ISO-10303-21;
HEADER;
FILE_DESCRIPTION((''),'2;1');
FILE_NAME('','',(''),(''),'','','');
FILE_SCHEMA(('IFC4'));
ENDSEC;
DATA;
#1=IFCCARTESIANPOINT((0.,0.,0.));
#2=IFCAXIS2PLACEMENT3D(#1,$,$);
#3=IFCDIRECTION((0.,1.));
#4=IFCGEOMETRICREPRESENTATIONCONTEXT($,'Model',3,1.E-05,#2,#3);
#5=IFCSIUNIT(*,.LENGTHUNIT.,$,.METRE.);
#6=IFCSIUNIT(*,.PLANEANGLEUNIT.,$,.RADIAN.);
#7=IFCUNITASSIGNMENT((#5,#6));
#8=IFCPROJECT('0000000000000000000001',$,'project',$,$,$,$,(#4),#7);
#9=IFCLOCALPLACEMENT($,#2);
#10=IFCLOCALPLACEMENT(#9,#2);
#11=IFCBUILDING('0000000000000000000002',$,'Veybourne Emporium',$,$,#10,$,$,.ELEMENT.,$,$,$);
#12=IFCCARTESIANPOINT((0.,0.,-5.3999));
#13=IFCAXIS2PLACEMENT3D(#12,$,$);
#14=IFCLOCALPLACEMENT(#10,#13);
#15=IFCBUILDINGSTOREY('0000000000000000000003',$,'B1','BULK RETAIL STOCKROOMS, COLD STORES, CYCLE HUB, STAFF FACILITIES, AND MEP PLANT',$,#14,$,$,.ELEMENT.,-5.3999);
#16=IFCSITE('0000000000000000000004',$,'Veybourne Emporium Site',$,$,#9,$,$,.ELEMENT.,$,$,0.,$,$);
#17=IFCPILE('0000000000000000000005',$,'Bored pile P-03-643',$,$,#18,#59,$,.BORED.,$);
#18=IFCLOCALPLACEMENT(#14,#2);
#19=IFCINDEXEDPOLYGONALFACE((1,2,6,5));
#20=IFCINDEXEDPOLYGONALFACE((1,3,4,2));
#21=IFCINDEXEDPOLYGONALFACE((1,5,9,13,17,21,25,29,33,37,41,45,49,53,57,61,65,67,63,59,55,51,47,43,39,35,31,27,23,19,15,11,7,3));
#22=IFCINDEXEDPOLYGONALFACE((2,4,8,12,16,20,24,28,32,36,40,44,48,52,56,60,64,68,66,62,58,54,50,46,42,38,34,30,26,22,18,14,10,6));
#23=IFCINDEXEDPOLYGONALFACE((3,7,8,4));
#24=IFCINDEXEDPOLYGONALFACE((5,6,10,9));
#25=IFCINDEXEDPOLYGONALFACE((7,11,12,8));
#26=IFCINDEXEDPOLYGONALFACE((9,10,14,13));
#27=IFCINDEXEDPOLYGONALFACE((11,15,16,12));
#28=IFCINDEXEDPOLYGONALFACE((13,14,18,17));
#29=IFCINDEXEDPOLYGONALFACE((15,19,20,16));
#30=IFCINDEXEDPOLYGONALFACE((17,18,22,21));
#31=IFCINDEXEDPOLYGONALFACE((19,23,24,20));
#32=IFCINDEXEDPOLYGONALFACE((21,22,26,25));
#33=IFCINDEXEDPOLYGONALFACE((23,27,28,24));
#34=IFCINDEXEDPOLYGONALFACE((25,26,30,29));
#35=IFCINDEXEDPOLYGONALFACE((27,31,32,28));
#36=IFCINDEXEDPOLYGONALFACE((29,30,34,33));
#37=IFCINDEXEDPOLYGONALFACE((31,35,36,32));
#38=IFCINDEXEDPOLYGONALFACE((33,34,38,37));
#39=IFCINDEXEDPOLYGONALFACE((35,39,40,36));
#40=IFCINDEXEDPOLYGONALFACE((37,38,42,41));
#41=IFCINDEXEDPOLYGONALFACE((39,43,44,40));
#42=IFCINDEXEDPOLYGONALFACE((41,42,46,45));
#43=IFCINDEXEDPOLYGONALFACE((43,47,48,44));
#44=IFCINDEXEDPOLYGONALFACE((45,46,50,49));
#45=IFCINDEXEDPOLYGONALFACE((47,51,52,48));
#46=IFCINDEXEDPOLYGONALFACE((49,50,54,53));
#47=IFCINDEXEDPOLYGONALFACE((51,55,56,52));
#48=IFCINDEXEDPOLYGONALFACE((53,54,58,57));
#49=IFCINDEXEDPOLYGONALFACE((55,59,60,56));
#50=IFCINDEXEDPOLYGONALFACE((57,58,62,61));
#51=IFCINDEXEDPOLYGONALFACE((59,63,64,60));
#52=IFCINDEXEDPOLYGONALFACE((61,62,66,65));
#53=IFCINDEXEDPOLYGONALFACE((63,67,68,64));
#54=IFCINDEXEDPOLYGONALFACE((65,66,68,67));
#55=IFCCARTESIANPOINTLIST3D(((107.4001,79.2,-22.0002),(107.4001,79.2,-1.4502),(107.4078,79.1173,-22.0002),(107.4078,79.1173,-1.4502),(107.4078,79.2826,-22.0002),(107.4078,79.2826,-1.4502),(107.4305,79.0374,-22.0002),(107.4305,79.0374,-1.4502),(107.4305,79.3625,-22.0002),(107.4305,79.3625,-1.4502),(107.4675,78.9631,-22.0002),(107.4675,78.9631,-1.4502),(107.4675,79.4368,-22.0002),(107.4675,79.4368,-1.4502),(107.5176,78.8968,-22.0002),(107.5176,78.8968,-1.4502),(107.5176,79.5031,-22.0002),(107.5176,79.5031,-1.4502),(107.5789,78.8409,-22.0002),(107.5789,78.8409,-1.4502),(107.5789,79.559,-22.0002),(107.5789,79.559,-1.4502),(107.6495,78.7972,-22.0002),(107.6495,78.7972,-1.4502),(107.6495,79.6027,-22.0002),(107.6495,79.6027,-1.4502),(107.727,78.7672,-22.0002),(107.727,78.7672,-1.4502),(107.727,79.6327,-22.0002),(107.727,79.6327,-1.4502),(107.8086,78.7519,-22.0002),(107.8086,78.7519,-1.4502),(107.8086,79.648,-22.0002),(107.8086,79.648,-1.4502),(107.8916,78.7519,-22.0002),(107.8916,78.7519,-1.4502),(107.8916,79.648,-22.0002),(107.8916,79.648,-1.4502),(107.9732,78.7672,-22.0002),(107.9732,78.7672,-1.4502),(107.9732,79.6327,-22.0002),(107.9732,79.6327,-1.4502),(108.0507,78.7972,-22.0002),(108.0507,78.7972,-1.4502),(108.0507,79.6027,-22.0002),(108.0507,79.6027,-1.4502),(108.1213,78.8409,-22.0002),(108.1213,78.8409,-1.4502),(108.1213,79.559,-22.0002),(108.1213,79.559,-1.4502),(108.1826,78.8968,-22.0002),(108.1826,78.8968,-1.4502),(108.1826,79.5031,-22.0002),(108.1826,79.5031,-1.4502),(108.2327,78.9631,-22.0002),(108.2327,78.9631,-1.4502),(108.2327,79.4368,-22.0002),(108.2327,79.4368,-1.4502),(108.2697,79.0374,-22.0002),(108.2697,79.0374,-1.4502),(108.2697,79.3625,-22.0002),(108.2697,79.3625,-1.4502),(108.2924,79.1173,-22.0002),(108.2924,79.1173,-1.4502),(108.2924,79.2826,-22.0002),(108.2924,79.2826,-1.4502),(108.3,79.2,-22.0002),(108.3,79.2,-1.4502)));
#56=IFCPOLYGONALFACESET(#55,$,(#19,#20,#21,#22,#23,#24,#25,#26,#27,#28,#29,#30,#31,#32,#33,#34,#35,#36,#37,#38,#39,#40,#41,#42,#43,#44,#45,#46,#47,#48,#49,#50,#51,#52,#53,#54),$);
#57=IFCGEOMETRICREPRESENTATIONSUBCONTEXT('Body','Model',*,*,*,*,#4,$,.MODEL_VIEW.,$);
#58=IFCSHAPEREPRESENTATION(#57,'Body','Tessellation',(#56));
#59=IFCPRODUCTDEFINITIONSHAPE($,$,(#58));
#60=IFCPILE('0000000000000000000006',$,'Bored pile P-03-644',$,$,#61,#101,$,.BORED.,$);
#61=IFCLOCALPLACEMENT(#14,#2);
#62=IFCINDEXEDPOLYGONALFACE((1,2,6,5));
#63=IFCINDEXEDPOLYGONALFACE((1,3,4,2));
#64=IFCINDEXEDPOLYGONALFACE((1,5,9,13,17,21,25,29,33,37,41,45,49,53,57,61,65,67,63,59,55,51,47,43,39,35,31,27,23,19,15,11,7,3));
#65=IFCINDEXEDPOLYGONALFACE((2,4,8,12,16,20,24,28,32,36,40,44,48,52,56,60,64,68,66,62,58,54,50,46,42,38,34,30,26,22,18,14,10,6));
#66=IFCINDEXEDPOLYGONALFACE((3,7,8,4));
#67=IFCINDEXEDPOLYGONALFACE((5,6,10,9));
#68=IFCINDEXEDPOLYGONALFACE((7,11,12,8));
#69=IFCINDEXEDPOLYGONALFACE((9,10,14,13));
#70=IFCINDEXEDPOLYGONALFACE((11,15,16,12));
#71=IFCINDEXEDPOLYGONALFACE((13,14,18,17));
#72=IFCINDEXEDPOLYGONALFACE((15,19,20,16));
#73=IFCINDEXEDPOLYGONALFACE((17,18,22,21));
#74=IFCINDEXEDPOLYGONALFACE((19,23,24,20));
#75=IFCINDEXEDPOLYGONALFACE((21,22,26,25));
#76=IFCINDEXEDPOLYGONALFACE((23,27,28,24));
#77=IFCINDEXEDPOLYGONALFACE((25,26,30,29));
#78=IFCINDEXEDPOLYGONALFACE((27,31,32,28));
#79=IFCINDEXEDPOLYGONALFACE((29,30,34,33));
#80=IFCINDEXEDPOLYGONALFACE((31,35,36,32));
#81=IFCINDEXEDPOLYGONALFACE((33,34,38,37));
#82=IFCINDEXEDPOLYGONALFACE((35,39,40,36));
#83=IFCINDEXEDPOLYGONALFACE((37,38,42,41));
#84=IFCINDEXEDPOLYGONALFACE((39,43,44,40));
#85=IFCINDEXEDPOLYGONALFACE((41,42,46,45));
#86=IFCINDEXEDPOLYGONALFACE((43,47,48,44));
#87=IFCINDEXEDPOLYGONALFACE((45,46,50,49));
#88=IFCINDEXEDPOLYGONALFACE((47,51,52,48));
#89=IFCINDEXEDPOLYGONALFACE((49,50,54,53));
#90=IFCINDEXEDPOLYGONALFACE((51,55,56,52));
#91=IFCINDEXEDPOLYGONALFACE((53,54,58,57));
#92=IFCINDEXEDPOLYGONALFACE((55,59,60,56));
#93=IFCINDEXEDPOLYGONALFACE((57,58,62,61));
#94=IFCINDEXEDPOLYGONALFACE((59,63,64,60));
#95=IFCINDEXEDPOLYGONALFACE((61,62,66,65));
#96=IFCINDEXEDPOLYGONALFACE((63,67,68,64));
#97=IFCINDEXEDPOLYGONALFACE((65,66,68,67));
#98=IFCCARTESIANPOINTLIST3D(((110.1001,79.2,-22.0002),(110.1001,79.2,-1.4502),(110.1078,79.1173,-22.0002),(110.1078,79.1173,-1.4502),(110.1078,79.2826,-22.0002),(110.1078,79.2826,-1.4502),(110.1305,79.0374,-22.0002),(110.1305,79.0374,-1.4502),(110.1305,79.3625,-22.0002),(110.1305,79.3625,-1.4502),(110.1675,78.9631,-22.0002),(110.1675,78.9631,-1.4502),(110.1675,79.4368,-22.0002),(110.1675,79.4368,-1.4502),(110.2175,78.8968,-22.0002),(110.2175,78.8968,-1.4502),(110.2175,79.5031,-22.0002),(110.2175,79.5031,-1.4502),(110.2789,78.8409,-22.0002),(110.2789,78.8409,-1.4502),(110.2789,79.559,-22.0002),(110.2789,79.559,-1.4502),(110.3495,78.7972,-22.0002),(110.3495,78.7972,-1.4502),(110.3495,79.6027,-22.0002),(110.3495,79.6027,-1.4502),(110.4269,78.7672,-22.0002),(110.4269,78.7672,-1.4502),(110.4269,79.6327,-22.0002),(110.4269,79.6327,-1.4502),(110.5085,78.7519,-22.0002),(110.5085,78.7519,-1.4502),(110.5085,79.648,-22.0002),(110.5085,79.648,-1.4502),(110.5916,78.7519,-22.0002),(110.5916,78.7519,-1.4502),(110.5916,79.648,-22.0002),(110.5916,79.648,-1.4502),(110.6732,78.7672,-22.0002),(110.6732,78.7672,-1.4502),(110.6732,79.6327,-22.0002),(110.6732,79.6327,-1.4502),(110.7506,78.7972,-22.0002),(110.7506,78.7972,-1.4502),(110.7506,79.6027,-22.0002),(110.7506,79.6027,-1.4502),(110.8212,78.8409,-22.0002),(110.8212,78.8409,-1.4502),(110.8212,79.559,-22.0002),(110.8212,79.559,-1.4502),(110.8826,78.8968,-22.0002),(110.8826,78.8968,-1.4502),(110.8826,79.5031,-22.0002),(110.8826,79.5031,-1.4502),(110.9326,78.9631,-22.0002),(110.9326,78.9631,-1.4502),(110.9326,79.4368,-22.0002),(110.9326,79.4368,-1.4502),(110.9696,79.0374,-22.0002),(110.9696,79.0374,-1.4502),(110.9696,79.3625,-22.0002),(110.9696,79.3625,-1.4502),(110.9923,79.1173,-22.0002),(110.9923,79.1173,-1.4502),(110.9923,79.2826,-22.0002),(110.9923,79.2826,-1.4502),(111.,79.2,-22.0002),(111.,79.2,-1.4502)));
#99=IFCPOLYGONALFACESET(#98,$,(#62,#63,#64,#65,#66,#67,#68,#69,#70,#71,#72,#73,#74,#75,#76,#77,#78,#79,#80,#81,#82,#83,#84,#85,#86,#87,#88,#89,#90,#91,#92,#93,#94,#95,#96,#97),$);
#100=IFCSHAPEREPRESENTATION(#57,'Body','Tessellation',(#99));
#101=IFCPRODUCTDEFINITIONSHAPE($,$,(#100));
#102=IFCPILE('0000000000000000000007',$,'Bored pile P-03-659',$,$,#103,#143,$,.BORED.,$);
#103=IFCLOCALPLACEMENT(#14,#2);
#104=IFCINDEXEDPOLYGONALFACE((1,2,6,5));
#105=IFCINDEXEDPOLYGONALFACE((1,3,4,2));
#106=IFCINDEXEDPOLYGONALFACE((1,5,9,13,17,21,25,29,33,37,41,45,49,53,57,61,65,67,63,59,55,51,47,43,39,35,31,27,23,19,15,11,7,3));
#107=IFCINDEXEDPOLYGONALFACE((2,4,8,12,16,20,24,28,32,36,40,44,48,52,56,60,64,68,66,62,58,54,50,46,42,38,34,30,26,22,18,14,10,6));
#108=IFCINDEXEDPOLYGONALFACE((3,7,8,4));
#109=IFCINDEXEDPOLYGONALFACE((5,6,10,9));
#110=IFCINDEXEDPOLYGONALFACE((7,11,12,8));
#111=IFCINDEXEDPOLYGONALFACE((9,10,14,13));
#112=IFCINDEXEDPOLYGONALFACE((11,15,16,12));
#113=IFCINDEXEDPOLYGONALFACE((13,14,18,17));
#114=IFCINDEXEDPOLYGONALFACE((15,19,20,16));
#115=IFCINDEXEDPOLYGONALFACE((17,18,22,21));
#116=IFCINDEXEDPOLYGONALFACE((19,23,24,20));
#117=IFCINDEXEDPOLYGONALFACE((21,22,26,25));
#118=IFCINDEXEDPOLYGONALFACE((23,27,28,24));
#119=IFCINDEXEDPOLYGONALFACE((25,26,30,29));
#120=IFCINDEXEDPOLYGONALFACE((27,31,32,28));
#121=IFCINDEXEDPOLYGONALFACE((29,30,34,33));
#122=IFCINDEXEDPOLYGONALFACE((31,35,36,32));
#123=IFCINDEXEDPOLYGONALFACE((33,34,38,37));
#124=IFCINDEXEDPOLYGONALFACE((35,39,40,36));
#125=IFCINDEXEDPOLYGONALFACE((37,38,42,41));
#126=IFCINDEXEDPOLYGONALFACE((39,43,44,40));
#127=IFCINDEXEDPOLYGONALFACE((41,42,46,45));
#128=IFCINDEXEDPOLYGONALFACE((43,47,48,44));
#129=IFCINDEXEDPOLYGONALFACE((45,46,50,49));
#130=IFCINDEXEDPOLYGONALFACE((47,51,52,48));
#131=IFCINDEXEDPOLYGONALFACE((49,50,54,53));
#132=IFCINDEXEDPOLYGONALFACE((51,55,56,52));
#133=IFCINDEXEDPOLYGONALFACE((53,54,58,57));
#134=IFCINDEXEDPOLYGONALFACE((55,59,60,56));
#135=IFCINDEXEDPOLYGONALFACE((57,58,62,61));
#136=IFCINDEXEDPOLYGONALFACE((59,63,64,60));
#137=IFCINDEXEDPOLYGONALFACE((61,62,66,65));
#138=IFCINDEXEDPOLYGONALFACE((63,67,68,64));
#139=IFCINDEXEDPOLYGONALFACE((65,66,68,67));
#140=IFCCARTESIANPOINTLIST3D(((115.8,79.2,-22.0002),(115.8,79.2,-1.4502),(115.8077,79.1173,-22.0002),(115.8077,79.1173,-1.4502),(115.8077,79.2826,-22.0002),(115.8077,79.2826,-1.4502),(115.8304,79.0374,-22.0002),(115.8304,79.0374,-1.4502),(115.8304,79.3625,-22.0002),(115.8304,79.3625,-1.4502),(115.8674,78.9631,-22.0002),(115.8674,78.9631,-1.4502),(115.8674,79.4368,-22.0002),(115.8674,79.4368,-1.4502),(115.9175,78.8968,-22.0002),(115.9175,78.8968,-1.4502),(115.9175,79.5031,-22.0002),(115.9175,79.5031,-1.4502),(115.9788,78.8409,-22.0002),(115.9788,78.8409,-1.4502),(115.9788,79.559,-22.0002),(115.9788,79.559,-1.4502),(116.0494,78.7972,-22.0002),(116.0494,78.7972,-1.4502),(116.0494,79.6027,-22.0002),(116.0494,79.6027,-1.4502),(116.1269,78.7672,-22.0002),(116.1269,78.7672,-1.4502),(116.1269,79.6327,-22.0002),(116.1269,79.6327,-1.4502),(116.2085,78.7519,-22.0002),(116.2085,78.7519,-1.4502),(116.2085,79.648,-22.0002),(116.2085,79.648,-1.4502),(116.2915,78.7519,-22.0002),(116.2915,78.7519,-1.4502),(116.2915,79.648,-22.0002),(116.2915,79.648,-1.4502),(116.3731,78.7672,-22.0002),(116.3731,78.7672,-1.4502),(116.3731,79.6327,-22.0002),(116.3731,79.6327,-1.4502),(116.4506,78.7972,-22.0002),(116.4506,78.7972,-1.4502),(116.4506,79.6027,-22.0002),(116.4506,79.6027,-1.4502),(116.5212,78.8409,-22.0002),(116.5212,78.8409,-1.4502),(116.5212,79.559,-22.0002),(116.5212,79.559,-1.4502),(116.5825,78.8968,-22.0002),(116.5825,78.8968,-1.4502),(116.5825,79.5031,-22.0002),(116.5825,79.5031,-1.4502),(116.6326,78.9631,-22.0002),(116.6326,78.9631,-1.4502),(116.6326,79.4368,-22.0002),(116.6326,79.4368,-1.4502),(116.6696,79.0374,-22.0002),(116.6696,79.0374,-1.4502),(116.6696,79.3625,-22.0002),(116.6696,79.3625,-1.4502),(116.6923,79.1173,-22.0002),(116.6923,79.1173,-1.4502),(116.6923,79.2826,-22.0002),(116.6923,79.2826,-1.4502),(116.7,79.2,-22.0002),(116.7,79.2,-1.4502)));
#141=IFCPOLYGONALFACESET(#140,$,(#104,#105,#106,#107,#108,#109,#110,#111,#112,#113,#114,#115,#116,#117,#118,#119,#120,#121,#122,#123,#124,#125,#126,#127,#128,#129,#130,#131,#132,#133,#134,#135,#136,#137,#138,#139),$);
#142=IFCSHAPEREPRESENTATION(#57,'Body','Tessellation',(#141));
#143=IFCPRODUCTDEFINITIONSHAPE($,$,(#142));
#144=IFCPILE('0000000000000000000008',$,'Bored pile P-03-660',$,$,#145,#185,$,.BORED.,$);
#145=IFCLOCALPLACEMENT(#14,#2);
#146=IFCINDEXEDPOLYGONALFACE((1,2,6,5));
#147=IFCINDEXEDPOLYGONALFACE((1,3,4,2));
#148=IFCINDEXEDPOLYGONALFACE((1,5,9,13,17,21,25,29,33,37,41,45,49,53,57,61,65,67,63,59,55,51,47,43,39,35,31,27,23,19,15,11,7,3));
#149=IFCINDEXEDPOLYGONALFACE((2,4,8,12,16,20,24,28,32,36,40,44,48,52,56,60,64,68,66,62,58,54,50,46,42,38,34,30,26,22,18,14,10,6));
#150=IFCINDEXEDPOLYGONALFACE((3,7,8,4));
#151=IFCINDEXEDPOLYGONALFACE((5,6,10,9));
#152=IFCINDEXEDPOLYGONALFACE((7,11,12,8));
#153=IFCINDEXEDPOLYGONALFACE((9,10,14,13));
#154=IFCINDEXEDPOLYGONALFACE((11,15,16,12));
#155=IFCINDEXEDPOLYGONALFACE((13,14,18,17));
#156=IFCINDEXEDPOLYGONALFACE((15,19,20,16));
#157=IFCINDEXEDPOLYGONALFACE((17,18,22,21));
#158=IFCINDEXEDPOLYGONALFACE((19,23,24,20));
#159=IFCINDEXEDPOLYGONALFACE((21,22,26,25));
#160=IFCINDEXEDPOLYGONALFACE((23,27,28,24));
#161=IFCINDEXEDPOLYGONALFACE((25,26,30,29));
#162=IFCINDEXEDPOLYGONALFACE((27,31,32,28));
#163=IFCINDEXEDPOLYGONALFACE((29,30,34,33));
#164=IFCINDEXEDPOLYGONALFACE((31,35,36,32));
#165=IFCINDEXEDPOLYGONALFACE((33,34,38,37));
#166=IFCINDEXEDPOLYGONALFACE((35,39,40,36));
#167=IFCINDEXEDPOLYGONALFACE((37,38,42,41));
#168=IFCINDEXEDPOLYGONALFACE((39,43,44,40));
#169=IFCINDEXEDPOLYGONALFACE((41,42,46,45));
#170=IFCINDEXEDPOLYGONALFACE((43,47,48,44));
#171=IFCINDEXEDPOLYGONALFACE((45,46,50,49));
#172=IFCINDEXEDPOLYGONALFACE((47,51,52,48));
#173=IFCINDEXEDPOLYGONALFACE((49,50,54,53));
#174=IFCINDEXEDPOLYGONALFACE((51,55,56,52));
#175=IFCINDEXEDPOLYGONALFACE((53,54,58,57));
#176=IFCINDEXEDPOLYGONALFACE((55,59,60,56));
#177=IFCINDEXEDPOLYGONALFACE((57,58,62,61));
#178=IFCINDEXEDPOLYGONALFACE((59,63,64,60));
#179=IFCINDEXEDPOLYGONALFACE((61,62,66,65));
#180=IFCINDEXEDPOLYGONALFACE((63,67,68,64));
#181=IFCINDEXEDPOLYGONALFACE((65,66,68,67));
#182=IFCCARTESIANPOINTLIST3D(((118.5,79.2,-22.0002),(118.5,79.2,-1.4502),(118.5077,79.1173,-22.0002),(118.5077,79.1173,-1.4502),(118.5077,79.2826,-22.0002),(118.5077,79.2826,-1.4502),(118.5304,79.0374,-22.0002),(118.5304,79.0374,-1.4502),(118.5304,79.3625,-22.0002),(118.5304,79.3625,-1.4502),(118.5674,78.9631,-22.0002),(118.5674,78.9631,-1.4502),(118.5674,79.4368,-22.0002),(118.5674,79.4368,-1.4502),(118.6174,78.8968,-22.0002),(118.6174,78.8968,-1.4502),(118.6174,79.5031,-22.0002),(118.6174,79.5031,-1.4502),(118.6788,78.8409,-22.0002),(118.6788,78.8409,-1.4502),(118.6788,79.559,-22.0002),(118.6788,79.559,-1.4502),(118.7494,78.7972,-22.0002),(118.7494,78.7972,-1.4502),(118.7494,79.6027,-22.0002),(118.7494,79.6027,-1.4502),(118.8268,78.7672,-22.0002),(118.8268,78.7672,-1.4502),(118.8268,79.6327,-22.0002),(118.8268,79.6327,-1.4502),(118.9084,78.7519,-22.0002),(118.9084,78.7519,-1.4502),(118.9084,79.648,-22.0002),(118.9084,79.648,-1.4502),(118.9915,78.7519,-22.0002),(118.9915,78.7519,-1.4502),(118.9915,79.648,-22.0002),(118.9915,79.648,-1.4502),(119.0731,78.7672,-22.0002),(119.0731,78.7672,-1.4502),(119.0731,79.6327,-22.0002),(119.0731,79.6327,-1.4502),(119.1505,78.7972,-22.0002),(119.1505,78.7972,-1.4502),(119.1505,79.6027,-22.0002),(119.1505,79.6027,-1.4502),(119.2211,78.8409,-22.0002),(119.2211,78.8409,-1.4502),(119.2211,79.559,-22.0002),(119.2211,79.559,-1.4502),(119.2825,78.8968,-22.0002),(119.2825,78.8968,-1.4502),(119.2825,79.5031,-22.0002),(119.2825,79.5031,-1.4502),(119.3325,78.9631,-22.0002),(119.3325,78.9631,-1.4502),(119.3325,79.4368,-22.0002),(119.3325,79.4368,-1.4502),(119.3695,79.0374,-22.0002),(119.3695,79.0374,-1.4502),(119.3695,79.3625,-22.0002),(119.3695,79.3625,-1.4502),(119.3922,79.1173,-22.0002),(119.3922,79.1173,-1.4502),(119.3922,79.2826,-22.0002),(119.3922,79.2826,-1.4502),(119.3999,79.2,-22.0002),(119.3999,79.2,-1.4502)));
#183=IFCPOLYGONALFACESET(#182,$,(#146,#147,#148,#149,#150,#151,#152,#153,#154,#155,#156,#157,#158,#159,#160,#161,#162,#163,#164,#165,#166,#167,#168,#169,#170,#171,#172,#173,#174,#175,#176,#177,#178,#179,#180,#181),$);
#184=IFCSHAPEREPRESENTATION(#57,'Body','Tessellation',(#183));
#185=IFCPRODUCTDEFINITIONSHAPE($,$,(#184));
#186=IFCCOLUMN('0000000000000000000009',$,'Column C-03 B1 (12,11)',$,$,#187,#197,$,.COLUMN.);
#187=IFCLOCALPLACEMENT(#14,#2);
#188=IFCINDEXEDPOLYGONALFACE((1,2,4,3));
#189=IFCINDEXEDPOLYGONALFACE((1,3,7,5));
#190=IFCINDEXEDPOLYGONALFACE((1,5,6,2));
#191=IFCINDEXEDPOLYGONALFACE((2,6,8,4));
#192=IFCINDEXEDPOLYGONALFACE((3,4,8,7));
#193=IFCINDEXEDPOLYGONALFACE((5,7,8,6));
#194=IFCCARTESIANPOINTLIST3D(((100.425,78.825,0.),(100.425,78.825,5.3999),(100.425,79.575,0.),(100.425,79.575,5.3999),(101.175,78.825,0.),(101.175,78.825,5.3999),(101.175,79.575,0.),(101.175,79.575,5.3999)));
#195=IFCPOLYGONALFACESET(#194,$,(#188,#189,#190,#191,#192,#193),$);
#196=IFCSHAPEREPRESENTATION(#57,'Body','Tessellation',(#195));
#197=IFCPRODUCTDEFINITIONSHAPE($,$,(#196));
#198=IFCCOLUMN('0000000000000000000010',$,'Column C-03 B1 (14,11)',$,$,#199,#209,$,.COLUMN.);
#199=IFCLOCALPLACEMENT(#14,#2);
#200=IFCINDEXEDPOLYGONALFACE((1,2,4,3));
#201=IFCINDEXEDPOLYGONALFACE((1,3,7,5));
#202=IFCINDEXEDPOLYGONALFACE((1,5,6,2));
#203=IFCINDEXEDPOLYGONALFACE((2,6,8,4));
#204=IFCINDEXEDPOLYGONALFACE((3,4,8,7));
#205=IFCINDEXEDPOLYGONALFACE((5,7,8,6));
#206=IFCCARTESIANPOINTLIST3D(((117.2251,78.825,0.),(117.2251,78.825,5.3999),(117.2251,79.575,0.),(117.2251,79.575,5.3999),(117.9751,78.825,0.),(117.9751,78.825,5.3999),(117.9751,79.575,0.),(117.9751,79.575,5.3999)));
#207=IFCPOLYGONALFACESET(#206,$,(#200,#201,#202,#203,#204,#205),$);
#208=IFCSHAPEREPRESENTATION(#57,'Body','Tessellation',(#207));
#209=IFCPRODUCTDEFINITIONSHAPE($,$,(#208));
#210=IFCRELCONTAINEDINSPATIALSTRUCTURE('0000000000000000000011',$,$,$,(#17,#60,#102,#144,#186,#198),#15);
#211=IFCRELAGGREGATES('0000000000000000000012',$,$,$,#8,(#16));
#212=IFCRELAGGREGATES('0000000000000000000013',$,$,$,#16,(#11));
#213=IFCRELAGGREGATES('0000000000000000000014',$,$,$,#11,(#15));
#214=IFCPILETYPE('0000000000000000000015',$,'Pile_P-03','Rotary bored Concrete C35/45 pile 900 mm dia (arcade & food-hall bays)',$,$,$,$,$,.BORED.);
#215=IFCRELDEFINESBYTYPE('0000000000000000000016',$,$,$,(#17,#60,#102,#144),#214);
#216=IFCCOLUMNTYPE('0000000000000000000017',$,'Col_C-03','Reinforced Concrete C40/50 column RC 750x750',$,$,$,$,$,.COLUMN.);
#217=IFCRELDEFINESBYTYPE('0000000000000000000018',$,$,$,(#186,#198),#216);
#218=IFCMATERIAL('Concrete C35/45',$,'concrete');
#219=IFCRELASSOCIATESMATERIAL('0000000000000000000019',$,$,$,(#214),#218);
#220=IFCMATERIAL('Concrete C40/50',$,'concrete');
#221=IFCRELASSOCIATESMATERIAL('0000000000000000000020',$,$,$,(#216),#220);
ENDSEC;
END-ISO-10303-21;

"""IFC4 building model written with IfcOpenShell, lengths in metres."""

from ifc_helpers import new_model, si_unit, direction, frame, origin, origin_2d, place, context, subcontext, project, spatial, rectangle, circle, extrude, material, material_profile, profile_set, type_object, element, save


model = new_model("IFC4")

# Units and contexts
model_context = context("Model", 3, precision=1e-05, world=origin(), true_north=direction((0.0, 1.0)))
body_context = subcontext(model_context, "Body", "Model", "MODEL_VIEW")
ifc_project = project(units=[si_unit("LENGTHUNIT", "METRE"), si_unit("PLANEANGLEUNIT", "RADIAN")], contexts=[model_context])

# Site, building, storey
site_placement = place(None, origin())
site = spatial("IfcSite", under=ifc_project, at=site_placement, Name="Veybourne Emporium Site", CompositionType="ELEMENT", RefElevation=0.0)
building_placement = place(site_placement, origin())
building = spatial("IfcBuilding", under=site, at=building_placement, Name="Veybourne Emporium", CompositionType="ELEMENT")
storey_placement = place(building_placement, frame((0.0, 0.0, -5.3999)))
storey = spatial("IfcBuildingStorey", under=building, at=storey_placement, Name="B1", Description="BULK RETAIL STOCKROOMS, COLD STORES, CYCLE HUB, STAFF FACILITIES, AND MEP PLANT", CompositionType="ELEMENT", Elevation=-5.3999)

# Shared definitions
ifc_material_1 = material(Name="Concrete C35/45", Category="concrete")

# Piles
ifc_material_profile_1 = material_profile(ifc_material_1, circle(Radius=0.45, at=origin_2d()), Name="BORED PILE 900")
ifc_profile_set_1 = profile_set([ifc_material_profile_1], Name="Concrete C35/45")
pile_type_1 = type_object("IfcPileType", Name="Pile_P-03", Description="Rotary bored Concrete C35/45 pile 900 mm dia (arcade & food-hall bays)", PredefinedType="BORED", material=ifc_profile_set_1)
for number, where, z_axis, x_axis, name in (
    (1, (107.8501, 79.2, -1.4502), (0.0, 0.0, -1.0), (1.0, 0.0, 0.0), "Bored pile P-03-643"),
    (2, (110.55, 79.2, -1.4502), (0.0, 0.0, -1.0), (1.0, 0.0, 0.0), "Bored pile P-03-644"),
    (3, (116.25, 79.2, -1.4502), (0.0, 0.0, -1.0), (1.0, 0.0, 0.0), "Bored pile P-03-659"),
    (4, (118.95, 79.2, -1.4502), (0.0, 0.0, -1.0), (1.0, 0.0, 0.0), "Bored pile P-03-660"),
):
    element("IfcPile", number, at=place(storey_placement, frame(where, z_axis=z_axis, x_axis=x_axis)), inside=storey, type_object=pile_type_1, Name=name, PredefinedType="BORED", context=body_context, shape_type="SweptSolid", body=[
        extrude(circle(Radius=0.45, at=origin_2d()), origin(), (0.0, 0.0, 1.0), 20.55),
    ])

# Columns
ifc_material_2 = material(Name="Concrete C40/50", Category="concrete")
ifc_material_profile_2 = material_profile(ifc_material_2, rectangle(XDim=0.75, YDim=0.75, at=origin_2d()), Name="RC 750x750")
ifc_profile_set_2 = profile_set([ifc_material_profile_2], Name="Concrete C40/50")
column_type_1 = type_object("IfcColumnType", Name="Col_C-03", Description="Reinforced Concrete C40/50 column RC 750x750", PredefinedType="COLUMN", material=ifc_profile_set_2)
for number, where, z_axis, x_axis, name in (
    (5, (100.8, 79.2, 0.0), (0.0, 0.0, 1.0), (1.0, 0.0, 0.0), "Column C-03 B1 (12,11)"),
    (6, (117.6001, 79.2, 0.0), (0.0, 0.0, 1.0), (1.0, 0.0, 0.0), "Column C-03 B1 (14,11)"),
):
    element("IfcColumn", number, at=place(storey_placement, frame(where, z_axis=z_axis, x_axis=x_axis)), inside=storey, type_object=column_type_1, Name=name, PredefinedType="COLUMN", context=body_context, shape_type="SweptSolid", body=[
        extrude(rectangle(XDim=0.75, YDim=0.75, at=origin_2d()), origin(), (0.0, 0.0, 1.0), 5.3999),
    ])

save(model, "model.ifc")
